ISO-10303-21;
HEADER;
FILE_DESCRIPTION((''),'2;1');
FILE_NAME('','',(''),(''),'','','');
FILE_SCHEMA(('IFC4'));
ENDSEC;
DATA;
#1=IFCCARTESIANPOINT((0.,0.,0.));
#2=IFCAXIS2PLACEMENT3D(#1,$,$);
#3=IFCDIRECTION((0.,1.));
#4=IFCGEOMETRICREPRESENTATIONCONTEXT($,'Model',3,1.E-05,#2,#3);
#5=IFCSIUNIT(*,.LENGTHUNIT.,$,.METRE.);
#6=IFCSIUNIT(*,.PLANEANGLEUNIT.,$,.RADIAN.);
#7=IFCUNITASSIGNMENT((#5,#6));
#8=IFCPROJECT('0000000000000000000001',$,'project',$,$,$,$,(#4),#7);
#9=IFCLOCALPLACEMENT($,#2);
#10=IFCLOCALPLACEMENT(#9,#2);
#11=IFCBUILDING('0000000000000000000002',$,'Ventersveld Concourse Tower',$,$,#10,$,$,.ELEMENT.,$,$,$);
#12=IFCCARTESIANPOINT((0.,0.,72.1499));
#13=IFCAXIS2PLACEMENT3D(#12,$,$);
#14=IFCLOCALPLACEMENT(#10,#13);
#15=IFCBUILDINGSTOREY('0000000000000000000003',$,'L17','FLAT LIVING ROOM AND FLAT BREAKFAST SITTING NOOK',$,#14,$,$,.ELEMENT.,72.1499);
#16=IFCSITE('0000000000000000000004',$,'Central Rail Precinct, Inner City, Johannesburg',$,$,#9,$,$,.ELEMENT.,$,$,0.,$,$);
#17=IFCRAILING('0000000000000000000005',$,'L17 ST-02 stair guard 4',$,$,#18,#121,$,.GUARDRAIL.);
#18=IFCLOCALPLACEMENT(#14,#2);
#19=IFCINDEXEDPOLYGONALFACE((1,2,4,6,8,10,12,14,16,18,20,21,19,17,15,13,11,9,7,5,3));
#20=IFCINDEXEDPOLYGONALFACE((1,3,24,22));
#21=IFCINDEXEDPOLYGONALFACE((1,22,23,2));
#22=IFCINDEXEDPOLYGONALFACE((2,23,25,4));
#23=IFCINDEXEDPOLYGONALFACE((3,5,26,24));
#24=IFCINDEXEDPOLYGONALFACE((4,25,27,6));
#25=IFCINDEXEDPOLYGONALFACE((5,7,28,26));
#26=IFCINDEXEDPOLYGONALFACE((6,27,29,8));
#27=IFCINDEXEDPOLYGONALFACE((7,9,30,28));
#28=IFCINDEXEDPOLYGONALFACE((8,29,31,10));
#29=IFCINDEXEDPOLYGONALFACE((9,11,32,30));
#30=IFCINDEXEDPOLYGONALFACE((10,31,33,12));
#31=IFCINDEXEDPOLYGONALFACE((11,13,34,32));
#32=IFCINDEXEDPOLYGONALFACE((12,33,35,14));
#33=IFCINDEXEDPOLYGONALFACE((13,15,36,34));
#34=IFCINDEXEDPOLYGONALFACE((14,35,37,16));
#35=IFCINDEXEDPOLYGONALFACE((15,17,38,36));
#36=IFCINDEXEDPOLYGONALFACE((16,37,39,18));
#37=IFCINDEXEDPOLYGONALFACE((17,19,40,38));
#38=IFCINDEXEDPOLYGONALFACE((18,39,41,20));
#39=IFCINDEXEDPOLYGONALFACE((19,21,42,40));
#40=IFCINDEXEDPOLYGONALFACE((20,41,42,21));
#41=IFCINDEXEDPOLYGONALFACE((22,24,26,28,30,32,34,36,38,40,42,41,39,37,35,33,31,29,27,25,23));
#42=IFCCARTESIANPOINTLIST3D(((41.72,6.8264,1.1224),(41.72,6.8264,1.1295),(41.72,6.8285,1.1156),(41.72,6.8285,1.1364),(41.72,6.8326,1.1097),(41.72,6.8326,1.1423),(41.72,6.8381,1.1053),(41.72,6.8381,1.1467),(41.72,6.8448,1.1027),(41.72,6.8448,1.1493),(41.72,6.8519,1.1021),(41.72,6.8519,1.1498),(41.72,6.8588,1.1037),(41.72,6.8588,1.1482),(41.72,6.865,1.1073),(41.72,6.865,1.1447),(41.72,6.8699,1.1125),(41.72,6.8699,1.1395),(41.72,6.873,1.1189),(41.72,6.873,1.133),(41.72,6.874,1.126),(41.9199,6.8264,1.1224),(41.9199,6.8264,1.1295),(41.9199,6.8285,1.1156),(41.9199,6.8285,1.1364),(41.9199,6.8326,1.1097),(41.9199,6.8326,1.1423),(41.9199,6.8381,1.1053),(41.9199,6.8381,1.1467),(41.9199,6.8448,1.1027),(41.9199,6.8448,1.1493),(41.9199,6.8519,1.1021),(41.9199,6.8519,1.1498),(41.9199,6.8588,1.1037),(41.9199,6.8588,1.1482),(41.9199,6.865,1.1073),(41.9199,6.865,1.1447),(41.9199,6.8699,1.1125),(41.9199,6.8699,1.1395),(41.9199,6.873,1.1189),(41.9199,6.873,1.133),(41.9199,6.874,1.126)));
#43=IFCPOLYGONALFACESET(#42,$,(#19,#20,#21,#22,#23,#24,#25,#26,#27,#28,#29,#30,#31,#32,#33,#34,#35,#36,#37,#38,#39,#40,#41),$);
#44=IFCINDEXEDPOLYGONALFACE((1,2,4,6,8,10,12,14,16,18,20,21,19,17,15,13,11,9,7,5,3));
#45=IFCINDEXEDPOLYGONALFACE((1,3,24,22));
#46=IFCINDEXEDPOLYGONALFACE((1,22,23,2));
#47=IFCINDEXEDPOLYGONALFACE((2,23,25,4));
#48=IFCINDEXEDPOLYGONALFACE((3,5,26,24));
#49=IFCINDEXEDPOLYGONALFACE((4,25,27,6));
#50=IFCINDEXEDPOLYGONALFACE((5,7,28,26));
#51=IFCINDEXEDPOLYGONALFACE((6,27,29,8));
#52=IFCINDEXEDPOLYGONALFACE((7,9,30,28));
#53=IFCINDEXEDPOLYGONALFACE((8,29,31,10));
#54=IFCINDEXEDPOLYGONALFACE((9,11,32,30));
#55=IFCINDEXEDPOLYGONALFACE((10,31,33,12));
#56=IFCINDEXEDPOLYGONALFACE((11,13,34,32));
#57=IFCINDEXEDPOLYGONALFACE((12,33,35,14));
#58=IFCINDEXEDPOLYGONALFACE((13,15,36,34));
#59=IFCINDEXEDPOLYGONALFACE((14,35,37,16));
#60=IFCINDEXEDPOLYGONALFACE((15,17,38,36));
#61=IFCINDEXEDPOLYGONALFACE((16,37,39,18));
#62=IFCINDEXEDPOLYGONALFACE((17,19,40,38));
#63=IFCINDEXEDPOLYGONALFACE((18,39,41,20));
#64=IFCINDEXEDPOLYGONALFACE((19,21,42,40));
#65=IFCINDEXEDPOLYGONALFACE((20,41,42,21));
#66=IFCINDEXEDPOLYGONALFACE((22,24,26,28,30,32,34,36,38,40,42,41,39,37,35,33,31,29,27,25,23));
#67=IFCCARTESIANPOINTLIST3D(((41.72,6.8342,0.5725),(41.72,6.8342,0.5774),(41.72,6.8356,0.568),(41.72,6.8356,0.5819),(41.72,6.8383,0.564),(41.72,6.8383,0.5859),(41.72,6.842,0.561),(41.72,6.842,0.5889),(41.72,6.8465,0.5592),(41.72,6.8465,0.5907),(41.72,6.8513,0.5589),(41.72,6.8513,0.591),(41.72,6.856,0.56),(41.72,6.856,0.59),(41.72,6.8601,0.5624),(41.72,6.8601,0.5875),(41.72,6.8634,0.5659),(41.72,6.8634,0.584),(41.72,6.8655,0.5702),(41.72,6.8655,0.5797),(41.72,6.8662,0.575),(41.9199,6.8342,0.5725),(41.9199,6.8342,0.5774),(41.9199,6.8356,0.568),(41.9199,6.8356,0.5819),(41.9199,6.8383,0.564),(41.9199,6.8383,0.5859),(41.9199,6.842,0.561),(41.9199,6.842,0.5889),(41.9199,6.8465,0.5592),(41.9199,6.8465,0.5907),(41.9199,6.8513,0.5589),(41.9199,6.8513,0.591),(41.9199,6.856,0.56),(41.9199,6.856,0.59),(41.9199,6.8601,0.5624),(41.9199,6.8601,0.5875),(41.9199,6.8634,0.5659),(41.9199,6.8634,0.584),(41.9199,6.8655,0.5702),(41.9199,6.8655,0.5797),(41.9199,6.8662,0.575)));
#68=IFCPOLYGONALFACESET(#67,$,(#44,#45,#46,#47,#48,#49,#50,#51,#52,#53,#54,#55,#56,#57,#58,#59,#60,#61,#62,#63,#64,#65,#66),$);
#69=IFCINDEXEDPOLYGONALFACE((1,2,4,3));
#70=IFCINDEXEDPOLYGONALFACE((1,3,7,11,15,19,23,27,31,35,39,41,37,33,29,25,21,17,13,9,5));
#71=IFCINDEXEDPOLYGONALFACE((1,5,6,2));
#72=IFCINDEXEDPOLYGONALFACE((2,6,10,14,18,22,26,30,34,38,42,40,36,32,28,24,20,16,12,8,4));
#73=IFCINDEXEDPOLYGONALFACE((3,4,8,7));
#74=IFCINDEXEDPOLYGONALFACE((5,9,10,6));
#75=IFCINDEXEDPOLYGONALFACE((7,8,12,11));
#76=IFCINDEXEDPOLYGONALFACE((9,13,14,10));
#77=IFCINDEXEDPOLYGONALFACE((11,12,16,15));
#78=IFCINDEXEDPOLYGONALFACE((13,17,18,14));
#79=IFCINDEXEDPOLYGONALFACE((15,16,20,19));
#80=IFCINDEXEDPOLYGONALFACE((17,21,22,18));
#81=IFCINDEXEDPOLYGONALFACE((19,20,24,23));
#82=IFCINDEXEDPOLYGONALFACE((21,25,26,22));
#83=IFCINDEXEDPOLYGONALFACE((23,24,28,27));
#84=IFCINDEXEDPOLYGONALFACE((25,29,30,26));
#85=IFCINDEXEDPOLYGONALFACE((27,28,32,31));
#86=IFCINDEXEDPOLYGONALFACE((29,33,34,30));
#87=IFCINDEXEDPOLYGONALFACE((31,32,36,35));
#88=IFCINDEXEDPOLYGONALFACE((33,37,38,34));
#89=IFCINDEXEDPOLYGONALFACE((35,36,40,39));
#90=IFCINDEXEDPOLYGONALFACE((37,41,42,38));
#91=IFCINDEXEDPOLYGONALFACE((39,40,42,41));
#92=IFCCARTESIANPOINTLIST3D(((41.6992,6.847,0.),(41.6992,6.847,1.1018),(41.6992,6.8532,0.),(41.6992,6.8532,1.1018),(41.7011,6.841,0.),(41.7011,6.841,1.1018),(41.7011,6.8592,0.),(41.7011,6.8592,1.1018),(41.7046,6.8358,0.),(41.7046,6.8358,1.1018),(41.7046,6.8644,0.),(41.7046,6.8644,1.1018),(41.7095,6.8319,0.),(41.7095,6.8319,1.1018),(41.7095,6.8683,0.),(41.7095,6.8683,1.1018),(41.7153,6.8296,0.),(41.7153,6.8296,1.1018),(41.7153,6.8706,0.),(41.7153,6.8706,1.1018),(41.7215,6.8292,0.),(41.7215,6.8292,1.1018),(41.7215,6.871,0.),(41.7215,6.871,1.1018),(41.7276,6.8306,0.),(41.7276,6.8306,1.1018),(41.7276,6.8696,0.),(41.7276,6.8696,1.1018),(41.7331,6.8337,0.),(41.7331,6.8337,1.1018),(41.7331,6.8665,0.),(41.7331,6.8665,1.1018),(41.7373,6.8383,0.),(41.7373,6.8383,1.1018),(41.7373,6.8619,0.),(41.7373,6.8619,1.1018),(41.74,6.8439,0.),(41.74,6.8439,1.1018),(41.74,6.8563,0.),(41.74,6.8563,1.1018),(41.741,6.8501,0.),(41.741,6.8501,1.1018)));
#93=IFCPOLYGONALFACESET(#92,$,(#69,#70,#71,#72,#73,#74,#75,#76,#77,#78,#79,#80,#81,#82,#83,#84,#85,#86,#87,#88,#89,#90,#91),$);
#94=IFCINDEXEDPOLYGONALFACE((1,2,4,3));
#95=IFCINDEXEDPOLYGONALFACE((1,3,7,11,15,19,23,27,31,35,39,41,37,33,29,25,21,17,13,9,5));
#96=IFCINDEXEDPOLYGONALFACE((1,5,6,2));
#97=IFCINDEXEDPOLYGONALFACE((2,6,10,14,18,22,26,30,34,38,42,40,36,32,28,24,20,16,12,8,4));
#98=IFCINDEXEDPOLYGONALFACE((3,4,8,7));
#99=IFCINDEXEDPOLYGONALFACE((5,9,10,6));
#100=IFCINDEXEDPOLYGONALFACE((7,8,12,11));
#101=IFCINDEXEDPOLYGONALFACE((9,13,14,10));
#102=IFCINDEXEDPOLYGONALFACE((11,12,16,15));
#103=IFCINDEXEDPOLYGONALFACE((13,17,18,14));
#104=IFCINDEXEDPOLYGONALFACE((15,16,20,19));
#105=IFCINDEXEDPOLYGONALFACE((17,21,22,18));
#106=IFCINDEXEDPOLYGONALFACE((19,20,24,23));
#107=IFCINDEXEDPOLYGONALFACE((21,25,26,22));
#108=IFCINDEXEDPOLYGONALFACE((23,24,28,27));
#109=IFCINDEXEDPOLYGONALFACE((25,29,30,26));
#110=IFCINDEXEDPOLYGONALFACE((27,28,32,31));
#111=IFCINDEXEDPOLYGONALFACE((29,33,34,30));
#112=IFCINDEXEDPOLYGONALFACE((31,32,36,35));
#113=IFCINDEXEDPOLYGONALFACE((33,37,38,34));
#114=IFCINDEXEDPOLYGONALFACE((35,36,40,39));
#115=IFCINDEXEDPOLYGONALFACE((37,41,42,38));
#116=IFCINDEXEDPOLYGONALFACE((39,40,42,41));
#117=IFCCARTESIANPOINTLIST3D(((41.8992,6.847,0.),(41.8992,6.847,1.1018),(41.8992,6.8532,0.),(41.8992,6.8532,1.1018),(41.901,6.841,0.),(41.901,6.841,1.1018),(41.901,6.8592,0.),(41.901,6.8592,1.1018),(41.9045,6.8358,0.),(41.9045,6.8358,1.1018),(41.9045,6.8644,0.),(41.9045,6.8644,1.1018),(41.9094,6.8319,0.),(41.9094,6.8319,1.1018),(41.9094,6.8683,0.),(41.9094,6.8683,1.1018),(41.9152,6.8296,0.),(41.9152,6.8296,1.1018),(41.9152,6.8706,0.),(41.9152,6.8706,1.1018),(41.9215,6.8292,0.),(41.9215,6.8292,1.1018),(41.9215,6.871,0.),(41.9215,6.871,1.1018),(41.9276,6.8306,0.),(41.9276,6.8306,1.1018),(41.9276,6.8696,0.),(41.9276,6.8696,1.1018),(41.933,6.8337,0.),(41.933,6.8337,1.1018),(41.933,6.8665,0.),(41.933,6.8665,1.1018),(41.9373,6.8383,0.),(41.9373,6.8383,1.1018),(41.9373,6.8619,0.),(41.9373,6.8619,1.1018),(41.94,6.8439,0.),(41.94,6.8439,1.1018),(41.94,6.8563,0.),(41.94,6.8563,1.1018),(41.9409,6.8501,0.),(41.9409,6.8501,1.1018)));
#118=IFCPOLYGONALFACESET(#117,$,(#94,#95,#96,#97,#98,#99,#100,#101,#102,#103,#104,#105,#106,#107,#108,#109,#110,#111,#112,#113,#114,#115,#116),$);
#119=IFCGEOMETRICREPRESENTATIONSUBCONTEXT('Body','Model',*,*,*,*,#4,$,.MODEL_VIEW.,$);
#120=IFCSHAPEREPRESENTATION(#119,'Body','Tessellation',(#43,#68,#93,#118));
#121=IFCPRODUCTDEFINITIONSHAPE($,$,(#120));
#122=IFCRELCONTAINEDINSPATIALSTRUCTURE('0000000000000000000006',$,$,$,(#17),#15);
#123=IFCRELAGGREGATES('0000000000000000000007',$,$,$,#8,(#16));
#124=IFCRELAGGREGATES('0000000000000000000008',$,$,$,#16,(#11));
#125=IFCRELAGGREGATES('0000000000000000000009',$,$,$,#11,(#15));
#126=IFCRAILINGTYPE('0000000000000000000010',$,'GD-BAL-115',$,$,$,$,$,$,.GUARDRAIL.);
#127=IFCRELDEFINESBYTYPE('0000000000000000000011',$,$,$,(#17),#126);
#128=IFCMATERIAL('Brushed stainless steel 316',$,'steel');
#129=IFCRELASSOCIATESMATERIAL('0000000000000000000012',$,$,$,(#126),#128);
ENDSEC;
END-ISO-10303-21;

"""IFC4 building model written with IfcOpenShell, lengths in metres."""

from ifc_helpers import new_model, si_unit, direction, frame, origin, origin_2d, place, context, subcontext, project, spatial, circle, extrude, material, type_object, element, save


model = new_model("IFC4")

# Units and contexts
model_context = context("Model", 3, precision=1e-05, world=origin(), true_north=direction((0.0, 1.0)))
body_context = subcontext(model_context, "Body", "Model", "MODEL_VIEW")
ifc_project = project(units=[si_unit("LENGTHUNIT", "METRE"), si_unit("PLANEANGLEUNIT", "RADIAN")], contexts=[model_context])

# Site, building, storey
site_placement = place(None, origin())
site = spatial("IfcSite", under=ifc_project, at=site_placement, Name="Central Rail Precinct, Inner City, Johannesburg", CompositionType="ELEMENT", RefElevation=0.0)
building_placement = place(site_placement, origin())
building = spatial("IfcBuilding", under=site, at=building_placement, Name="Ventersveld Concourse Tower", CompositionType="ELEMENT")
storey_placement = place(building_placement, frame((0.0, 0.0, 72.1499)))
storey = spatial("IfcBuildingStorey", under=building, at=storey_placement, Name="L17", Description="FLAT LIVING ROOM AND FLAT BREAKFAST SITTING NOOK", CompositionType="ELEMENT", Elevation=72.1499)

# Railing
ifc_material_1 = material(Name="Brushed stainless steel 316", Category="steel")
railing_type_1 = type_object("IfcRailingType", Name="GD-BAL-115", PredefinedType="GUARDRAIL", material=ifc_material_1)
railing_1_placement = place(storey_placement, frame((41.72, 6.8501, 0.0)))
element("IfcRailing", 1, at=railing_1_placement, inside=storey, type_object=railing_type_1, Name="L17 ST-02 stair guard 4", PredefinedType="GUARDRAIL", context=body_context, shape_type="SweptSolid", body=[
    extrude(circle(Radius=0.0239, at=origin_2d()), frame((0.0, 0.0, 1.126), z_axis=(1.0, 0.0, 0.0), x_axis=(0.0, 1.0, 0.0)), (0.0, 0.0, 1.0), 0.2),
    extrude(circle(Radius=0.0161, at=origin_2d()), frame((0.0, 0.0, 0.575), z_axis=(1.0, 0.0, 0.0), x_axis=(0.0, 1.0, 0.0)), (0.0, 0.0, 1.0), 0.2),
    extrude(circle(Radius=0.021, at=origin_2d()), origin(), (0.0, 0.0, 1.0), 1.1018),
    extrude(circle(Radius=0.021, at=origin_2d()), frame((0.2, 0.0, 0.0)), (0.0, 0.0, 1.0), 1.1018),
])

save(model, "model.ifc")
